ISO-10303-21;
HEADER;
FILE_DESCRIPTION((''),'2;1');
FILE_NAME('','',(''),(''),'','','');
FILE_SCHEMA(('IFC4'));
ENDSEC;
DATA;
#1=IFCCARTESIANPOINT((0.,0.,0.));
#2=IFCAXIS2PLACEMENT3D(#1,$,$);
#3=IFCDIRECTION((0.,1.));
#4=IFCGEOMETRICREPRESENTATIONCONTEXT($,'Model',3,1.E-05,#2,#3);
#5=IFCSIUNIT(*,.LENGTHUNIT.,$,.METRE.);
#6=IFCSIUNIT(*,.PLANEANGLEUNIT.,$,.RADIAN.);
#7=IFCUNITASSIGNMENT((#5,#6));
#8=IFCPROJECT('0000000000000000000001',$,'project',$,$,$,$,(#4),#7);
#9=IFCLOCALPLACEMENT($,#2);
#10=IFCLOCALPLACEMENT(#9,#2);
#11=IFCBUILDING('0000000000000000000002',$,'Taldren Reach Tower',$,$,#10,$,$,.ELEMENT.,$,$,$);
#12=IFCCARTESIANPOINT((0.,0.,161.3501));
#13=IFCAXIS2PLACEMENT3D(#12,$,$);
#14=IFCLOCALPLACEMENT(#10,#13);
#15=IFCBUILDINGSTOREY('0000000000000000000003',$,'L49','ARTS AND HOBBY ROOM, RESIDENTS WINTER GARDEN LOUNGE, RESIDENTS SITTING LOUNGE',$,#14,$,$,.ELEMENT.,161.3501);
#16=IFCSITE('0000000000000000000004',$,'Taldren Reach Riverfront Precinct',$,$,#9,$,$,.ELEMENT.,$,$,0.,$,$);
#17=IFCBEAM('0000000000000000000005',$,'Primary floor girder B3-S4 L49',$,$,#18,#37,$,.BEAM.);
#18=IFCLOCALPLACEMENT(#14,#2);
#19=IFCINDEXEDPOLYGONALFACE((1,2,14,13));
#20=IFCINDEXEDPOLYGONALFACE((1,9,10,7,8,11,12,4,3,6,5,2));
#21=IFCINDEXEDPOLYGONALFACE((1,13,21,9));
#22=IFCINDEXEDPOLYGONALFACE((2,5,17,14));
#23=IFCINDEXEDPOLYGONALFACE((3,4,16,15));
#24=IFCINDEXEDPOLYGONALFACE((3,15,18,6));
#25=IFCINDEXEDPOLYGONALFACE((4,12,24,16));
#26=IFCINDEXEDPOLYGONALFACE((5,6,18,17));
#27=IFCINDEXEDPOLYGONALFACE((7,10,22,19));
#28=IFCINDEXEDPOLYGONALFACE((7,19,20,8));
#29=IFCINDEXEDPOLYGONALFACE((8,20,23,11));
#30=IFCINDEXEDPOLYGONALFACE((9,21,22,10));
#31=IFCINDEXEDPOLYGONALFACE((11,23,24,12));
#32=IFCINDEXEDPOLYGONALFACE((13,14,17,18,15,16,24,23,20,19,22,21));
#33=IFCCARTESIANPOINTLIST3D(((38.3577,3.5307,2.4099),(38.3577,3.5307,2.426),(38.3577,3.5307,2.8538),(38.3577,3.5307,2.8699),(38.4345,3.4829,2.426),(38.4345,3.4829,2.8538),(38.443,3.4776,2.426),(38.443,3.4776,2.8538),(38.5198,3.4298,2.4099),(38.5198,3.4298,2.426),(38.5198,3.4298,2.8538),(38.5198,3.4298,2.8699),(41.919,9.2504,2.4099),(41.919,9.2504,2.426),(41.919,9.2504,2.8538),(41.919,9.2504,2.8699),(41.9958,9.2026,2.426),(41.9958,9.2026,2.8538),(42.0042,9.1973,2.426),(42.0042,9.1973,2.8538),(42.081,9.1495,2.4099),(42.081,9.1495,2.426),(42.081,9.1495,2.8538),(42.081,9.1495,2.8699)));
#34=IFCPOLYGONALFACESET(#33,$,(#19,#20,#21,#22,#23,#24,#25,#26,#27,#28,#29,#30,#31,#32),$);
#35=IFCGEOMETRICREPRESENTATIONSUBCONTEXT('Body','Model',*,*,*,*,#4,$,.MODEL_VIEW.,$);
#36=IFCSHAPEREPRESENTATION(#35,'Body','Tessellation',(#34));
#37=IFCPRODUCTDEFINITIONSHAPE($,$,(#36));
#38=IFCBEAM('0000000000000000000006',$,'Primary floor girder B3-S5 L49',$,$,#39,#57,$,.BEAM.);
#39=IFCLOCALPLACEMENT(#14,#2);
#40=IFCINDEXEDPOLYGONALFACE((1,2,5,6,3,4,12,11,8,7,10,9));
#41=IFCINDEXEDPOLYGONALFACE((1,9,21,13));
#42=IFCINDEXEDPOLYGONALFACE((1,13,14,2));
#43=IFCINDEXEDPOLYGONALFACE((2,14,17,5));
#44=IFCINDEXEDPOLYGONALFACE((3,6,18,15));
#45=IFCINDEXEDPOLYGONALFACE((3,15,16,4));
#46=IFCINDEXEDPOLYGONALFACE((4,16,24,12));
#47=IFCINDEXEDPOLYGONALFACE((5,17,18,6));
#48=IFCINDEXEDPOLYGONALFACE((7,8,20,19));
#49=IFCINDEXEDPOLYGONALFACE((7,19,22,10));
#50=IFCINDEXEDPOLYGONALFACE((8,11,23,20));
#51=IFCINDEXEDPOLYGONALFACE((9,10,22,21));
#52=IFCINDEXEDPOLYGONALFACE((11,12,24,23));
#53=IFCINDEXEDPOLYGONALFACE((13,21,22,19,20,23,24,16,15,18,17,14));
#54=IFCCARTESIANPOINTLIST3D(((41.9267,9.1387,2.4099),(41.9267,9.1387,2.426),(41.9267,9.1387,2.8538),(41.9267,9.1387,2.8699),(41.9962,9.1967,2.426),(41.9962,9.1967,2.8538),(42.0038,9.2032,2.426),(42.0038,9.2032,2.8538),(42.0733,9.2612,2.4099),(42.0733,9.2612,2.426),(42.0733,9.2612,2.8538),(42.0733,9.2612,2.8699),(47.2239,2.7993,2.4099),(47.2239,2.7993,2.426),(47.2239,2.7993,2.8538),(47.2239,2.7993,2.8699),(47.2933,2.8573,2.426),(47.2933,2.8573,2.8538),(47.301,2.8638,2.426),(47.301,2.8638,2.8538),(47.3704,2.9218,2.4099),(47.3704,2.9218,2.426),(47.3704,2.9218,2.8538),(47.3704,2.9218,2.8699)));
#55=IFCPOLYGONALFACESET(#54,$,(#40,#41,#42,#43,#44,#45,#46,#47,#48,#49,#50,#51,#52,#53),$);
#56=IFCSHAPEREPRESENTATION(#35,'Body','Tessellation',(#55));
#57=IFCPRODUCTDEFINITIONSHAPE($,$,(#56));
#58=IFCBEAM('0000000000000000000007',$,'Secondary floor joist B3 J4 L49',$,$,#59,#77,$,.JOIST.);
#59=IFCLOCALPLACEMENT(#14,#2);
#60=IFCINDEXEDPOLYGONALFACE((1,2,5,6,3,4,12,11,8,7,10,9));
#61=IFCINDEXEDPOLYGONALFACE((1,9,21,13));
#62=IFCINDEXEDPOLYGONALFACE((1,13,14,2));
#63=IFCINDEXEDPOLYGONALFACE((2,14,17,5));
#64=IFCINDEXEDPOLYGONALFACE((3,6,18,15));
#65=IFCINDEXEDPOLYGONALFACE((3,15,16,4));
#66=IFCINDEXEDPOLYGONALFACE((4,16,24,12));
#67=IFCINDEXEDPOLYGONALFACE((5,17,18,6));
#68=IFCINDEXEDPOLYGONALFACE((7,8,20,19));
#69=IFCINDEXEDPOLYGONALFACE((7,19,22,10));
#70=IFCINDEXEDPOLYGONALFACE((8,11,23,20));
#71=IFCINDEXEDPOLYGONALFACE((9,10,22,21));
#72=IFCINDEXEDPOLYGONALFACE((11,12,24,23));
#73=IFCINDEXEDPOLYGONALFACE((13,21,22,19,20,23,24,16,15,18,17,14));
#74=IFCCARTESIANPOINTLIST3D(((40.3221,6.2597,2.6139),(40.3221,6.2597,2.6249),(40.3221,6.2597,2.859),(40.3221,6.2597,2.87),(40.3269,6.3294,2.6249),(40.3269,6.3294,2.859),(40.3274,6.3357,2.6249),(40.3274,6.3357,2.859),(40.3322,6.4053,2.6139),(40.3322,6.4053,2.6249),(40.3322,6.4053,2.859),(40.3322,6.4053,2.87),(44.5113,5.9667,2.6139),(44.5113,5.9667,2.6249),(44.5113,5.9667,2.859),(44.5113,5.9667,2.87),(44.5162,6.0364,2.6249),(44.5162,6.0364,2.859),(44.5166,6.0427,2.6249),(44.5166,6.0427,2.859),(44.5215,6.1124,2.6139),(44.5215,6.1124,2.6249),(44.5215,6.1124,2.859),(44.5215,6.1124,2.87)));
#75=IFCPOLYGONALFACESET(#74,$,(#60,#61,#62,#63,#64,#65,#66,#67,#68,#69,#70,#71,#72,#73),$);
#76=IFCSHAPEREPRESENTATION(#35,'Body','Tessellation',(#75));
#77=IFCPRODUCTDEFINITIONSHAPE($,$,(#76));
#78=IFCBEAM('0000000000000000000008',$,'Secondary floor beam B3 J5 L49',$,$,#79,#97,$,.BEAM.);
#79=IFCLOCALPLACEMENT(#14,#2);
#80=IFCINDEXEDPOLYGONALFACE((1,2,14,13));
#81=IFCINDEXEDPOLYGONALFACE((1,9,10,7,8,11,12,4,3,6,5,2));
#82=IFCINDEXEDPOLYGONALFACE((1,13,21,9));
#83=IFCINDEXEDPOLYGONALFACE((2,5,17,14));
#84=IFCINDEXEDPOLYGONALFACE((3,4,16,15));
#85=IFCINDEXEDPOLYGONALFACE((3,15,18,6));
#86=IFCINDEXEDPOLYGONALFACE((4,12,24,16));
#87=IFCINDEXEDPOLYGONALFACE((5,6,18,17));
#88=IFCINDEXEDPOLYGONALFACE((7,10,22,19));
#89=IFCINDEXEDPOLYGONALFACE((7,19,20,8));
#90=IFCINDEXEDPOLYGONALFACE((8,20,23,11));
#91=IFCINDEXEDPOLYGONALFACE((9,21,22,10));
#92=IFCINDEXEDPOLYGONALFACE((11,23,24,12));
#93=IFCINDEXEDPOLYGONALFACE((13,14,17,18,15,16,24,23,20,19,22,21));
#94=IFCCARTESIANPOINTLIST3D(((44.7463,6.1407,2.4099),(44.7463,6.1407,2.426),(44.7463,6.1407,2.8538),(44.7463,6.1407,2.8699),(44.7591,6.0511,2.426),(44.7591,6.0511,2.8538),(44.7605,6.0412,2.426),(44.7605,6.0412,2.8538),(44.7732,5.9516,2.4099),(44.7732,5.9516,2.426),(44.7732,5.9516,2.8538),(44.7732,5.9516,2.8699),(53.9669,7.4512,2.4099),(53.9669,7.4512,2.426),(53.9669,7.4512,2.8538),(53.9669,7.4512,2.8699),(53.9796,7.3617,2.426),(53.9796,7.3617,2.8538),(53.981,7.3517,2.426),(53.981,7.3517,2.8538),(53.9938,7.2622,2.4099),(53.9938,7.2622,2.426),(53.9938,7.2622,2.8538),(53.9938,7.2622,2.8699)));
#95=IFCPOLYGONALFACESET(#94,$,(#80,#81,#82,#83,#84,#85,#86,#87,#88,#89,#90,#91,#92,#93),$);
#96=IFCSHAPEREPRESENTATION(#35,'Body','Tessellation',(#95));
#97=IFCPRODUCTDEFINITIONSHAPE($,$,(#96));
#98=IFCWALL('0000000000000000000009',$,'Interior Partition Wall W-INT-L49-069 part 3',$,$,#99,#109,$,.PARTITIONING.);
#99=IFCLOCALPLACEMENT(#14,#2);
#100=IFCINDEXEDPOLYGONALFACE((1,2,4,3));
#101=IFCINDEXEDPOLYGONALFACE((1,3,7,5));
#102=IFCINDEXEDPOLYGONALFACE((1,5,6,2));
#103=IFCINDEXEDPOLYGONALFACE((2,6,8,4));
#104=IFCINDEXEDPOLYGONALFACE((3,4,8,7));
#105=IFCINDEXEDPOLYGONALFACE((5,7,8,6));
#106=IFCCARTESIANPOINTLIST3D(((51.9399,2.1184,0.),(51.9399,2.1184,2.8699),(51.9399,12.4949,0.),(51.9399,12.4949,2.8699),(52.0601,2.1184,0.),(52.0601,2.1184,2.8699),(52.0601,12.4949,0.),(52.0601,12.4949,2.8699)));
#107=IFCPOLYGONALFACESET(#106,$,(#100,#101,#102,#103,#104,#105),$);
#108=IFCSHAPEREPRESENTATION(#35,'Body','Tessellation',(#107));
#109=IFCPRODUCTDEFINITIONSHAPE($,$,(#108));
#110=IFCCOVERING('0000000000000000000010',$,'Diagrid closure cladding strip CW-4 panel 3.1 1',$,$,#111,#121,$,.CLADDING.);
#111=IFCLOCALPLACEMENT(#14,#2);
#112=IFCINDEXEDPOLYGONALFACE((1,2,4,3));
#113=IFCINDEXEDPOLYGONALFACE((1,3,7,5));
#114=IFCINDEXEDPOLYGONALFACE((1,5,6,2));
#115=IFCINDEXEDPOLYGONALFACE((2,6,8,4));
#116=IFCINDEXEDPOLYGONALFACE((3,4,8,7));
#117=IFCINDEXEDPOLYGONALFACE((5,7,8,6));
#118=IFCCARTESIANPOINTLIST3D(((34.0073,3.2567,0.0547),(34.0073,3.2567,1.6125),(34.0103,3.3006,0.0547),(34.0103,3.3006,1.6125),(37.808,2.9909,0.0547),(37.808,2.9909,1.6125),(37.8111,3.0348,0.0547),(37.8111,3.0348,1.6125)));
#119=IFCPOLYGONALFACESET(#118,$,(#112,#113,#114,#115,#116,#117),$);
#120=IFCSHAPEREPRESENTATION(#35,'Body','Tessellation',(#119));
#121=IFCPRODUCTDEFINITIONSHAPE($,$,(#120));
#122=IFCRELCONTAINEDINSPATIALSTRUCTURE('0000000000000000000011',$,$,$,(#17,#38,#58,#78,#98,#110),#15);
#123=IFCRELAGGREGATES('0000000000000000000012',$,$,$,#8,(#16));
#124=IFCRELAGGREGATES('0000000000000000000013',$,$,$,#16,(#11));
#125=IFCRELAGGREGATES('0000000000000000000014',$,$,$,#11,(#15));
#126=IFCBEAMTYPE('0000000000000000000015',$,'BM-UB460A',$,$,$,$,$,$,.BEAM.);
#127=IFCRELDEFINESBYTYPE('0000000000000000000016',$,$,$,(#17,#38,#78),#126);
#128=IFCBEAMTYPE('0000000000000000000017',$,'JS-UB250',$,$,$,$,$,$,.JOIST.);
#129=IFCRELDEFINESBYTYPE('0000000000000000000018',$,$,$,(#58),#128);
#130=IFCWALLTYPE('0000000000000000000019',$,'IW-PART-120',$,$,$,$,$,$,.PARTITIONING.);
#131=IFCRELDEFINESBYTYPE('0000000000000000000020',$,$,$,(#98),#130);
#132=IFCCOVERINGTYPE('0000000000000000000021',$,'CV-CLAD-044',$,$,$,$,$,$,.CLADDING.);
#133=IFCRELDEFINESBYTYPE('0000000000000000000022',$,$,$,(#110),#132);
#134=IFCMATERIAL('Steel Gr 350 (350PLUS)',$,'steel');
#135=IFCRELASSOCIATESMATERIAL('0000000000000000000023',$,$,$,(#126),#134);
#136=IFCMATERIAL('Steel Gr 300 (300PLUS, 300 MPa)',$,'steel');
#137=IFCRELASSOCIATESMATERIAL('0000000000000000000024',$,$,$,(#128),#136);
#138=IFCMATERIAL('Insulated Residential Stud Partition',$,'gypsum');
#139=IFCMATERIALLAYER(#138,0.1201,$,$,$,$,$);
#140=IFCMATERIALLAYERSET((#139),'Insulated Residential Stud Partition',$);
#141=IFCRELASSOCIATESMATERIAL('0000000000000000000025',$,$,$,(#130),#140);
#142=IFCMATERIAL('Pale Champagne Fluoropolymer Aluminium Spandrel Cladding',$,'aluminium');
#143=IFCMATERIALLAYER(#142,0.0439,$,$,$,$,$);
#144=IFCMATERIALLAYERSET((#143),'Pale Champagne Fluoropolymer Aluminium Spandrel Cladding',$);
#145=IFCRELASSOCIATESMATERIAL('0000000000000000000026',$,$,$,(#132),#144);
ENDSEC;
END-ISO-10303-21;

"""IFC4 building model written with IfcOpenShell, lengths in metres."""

from ifc_helpers import new_model, si_unit, direction, frame, frame_2d, origin, origin_2d, place, context, subcontext, project, spatial, rectangle, i_section, extrude, source, transform, mapped, material, layer, layer_set, material_profile, profile_set, type_object, element, save


model = new_model("IFC4")

# Units and contexts
model_context = context("Model", 3, precision=1e-05, world=origin(), true_north=direction((0.0, 1.0)))
body_context = subcontext(model_context, "Body", "Model", "MODEL_VIEW")
ifc_project = project(units=[si_unit("LENGTHUNIT", "METRE"), si_unit("PLANEANGLEUNIT", "RADIAN")], contexts=[model_context])

# Site, building, storey
site_placement = place(None, origin())
site = spatial("IfcSite", under=ifc_project, at=site_placement, Name="Taldren Reach Riverfront Precinct", CompositionType="ELEMENT", RefElevation=0.0)
building_placement = place(site_placement, origin())
building = spatial("IfcBuilding", under=site, at=building_placement, Name="Taldren Reach Tower", CompositionType="ELEMENT")
storey_placement = place(building_placement, frame((0.0, 0.0, 161.3501)))
storey = spatial("IfcBuildingStorey", under=building, at=storey_placement, Name="L49", Description="ARTS AND HOBBY ROOM, RESIDENTS WINTER GARDEN LOUNGE, RESIDENTS SITTING LOUNGE", CompositionType="ELEMENT", Elevation=161.3501)

# Shared definitions
ifc_material_1 = material(Name="Steel Gr 350 (350PLUS)", Category="steel")

# Beams
ifc_material_profile_1 = material_profile(ifc_material_1, i_section(OverallWidth=0.1909, OverallDepth=0.46, WebThickness=0.01, FlangeThickness=0.0161, at=origin_2d()), Name="460UB82.1")
ifc_profile_set_1 = profile_set([ifc_material_profile_1], Name="Steel Gr 350 (350PLUS)")
beam_type_1 = type_object("IfcBeamType", Name="BM-UB460A", PredefinedType="BEAM", material=ifc_profile_set_1)
shared_shape_1 = source(origin(), body_context, "Body", "SweptSolid", [
    extrude(i_section(OverallWidth=0.1909, OverallDepth=0.46, WebThickness=0.01, FlangeThickness=0.0161, at=origin_2d()), origin(), (0.0, 0.0, 1.0), 6.7378),
])
beam_1_placement = place(storey_placement, frame((42.0, 9.2, 2.6399), z_axis=(-0.528552, -0.848901, 0.0), x_axis=(0.848901, -0.528552, 0.0)))
element("IfcBeam", 1, at=beam_1_placement, inside=storey, type_object=beam_type_1, Name="Primary floor girder B3-S4 L49", PredefinedType="BEAM", context=body_context, shape_type="MappedRepresentation", body=[
    mapped(shared_shape_1, transform((0.0, 0.0, 0.0), scale=1.0)),
])
shared_shape_2 = source(origin(), body_context, "Body", "SweptSolid", [
    extrude(i_section(OverallWidth=0.1909, OverallDepth=0.46, WebThickness=0.01, FlangeThickness=0.0161, at=origin_2d()), origin(), (0.0, 0.0, 1.0), 8.2612),
])
beam_2_placement = place(storey_placement, frame((42.0, 9.2, 2.6399), z_axis=(0.641207, -0.767368, 0.0), x_axis=(0.767368, 0.641207, 0.0)))
element("IfcBeam", 2, at=beam_2_placement, inside=storey, type_object=beam_type_1, Name="Primary floor girder B3-S5 L49", PredefinedType="BEAM", context=body_context, shape_type="MappedRepresentation", body=[
    mapped(shared_shape_2, transform((0.0, 0.0, 0.0), scale=1.0)),
])
ifc_material_2 = material(Name="Steel Gr 300 (300PLUS, 300 MPa)", Category="steel")
ifc_material_profile_2 = material_profile(ifc_material_2, i_section(OverallWidth=0.146, OverallDepth=0.2561, WebThickness=0.0063, FlangeThickness=0.011, at=origin_2d()), Name="250UB37.3")
ifc_profile_set_2 = profile_set([ifc_material_profile_2], Name="Steel Gr 300 (300PLUS, 300 MPa)")
beam_type_2 = type_object("IfcBeamType", Name="JS-UB250", PredefinedType="JOIST", material=ifc_profile_set_2)
shared_shape_3 = source(origin(), body_context, "Body", "SweptSolid", [
    extrude(i_section(OverallWidth=0.146, OverallDepth=0.2561, WebThickness=0.0063, FlangeThickness=0.011, at=origin_2d()), origin(), (0.0, 0.0, 1.0), 4.1995),
])
beam_3_placement = place(storey_placement, frame((40.3271, 6.3325, 2.7419), z_axis=(0.997564, -0.069764, 0.0), x_axis=(0.069764, 0.997564, 0.0)))
element("IfcBeam", 3, at=beam_3_placement, inside=storey, type_object=beam_type_2, Name="Secondary floor joist B3 J4 L49", PredefinedType="JOIST", context=body_context, shape_type="MappedRepresentation", body=[
    mapped(shared_shape_3, transform((0.0, 0.0, 0.0), scale=1.0)),
])
shared_shape_4 = source(origin(), body_context, "Body", "SweptSolid", [
    extrude(i_section(OverallWidth=0.1909, OverallDepth=0.46, WebThickness=0.01, FlangeThickness=0.0161, at=origin_2d()), origin(), (0.0, 0.0, 1.0), 9.3132),
])
beam_4_placement = place(storey_placement, frame((44.7598, 6.0461, 2.6399), z_axis=(0.990049, 0.14072, 0.0), x_axis=(-0.14072, 0.990049, 0.0)))
element("IfcBeam", 4, at=beam_4_placement, inside=storey, type_object=beam_type_1, Name="Secondary floor beam B3 J5 L49", PredefinedType="BEAM", context=body_context, shape_type="MappedRepresentation", body=[
    mapped(shared_shape_4, transform((0.0, 0.0, 0.0), scale=1.0)),
])

# Wall
ifc_material_3 = material(Name="Insulated Residential Stud Partition", Category="gypsum")
ifc_layer_1 = layer(ifc_material_3, 0.1201)
ifc_layer_set_1 = layer_set([ifc_layer_1], Name="Insulated Residential Stud Partition")
wall_type = type_object("IfcWallType", Name="IW-PART-120", PredefinedType="PARTITIONING", material=ifc_layer_set_1)
shared_shape_5 = source(origin(), body_context, "Body", "SweptSolid", [
    extrude(rectangle(XDim=10.3765, YDim=0.1201, at=frame_2d((5.1882, 0.0))), origin(), (0.0, 0.0, 1.0), 2.8699),
])
wall_placement = place(storey_placement, frame((52.0, 12.4949, 0.0), z_axis=(0.0, 0.0, 1.0), x_axis=(0.0, -1.0, 0.0)))
element("IfcWall", 5, at=wall_placement, inside=storey, type_object=wall_type, Name="Interior Partition Wall W-INT-L49-069 part 3", PredefinedType="PARTITIONING", context=body_context, shape_type="MappedRepresentation", body=[
    mapped(shared_shape_5, transform((0.0, 0.0, 0.0), scale=1.0)),
])

# Covering
ifc_material_4 = material(Name="Pale Champagne Fluoropolymer Aluminium Spandrel Cladding", Category="aluminium")
ifc_layer_2 = layer(ifc_material_4, 0.0439)
ifc_layer_set_2 = layer_set([ifc_layer_2], Name="Pale Champagne Fluoropolymer Aluminium Spandrel Cladding")
covering_type = type_object("IfcCoveringType", Name="CV-CLAD-044", PredefinedType="CLADDING", material=ifc_layer_set_2)
shared_shape_6 = source(origin(), body_context, "Body", "SweptSolid", [
    extrude(rectangle(XDim=3.8101, YDim=0.0439, at=origin_2d()), origin(), (0.0, 0.0, 1.0), 1.5579),
])
covering_placement = place(storey_placement, frame((35.9092, 3.1458, 0.0547), z_axis=(0.0, 0.0, 1.0), x_axis=(0.997564, -0.069757, 0.0)))
element("IfcCovering", 6, at=covering_placement, inside=storey, type_object=covering_type, Name="Diagrid closure cladding strip CW-4 panel 3.1 1", PredefinedType="CLADDING", context=body_context, shape_type="MappedRepresentation", body=[
    mapped(shared_shape_6, transform((0.0, 0.0, 0.0), scale=1.0)),
])

save(model, "model.ifc")
